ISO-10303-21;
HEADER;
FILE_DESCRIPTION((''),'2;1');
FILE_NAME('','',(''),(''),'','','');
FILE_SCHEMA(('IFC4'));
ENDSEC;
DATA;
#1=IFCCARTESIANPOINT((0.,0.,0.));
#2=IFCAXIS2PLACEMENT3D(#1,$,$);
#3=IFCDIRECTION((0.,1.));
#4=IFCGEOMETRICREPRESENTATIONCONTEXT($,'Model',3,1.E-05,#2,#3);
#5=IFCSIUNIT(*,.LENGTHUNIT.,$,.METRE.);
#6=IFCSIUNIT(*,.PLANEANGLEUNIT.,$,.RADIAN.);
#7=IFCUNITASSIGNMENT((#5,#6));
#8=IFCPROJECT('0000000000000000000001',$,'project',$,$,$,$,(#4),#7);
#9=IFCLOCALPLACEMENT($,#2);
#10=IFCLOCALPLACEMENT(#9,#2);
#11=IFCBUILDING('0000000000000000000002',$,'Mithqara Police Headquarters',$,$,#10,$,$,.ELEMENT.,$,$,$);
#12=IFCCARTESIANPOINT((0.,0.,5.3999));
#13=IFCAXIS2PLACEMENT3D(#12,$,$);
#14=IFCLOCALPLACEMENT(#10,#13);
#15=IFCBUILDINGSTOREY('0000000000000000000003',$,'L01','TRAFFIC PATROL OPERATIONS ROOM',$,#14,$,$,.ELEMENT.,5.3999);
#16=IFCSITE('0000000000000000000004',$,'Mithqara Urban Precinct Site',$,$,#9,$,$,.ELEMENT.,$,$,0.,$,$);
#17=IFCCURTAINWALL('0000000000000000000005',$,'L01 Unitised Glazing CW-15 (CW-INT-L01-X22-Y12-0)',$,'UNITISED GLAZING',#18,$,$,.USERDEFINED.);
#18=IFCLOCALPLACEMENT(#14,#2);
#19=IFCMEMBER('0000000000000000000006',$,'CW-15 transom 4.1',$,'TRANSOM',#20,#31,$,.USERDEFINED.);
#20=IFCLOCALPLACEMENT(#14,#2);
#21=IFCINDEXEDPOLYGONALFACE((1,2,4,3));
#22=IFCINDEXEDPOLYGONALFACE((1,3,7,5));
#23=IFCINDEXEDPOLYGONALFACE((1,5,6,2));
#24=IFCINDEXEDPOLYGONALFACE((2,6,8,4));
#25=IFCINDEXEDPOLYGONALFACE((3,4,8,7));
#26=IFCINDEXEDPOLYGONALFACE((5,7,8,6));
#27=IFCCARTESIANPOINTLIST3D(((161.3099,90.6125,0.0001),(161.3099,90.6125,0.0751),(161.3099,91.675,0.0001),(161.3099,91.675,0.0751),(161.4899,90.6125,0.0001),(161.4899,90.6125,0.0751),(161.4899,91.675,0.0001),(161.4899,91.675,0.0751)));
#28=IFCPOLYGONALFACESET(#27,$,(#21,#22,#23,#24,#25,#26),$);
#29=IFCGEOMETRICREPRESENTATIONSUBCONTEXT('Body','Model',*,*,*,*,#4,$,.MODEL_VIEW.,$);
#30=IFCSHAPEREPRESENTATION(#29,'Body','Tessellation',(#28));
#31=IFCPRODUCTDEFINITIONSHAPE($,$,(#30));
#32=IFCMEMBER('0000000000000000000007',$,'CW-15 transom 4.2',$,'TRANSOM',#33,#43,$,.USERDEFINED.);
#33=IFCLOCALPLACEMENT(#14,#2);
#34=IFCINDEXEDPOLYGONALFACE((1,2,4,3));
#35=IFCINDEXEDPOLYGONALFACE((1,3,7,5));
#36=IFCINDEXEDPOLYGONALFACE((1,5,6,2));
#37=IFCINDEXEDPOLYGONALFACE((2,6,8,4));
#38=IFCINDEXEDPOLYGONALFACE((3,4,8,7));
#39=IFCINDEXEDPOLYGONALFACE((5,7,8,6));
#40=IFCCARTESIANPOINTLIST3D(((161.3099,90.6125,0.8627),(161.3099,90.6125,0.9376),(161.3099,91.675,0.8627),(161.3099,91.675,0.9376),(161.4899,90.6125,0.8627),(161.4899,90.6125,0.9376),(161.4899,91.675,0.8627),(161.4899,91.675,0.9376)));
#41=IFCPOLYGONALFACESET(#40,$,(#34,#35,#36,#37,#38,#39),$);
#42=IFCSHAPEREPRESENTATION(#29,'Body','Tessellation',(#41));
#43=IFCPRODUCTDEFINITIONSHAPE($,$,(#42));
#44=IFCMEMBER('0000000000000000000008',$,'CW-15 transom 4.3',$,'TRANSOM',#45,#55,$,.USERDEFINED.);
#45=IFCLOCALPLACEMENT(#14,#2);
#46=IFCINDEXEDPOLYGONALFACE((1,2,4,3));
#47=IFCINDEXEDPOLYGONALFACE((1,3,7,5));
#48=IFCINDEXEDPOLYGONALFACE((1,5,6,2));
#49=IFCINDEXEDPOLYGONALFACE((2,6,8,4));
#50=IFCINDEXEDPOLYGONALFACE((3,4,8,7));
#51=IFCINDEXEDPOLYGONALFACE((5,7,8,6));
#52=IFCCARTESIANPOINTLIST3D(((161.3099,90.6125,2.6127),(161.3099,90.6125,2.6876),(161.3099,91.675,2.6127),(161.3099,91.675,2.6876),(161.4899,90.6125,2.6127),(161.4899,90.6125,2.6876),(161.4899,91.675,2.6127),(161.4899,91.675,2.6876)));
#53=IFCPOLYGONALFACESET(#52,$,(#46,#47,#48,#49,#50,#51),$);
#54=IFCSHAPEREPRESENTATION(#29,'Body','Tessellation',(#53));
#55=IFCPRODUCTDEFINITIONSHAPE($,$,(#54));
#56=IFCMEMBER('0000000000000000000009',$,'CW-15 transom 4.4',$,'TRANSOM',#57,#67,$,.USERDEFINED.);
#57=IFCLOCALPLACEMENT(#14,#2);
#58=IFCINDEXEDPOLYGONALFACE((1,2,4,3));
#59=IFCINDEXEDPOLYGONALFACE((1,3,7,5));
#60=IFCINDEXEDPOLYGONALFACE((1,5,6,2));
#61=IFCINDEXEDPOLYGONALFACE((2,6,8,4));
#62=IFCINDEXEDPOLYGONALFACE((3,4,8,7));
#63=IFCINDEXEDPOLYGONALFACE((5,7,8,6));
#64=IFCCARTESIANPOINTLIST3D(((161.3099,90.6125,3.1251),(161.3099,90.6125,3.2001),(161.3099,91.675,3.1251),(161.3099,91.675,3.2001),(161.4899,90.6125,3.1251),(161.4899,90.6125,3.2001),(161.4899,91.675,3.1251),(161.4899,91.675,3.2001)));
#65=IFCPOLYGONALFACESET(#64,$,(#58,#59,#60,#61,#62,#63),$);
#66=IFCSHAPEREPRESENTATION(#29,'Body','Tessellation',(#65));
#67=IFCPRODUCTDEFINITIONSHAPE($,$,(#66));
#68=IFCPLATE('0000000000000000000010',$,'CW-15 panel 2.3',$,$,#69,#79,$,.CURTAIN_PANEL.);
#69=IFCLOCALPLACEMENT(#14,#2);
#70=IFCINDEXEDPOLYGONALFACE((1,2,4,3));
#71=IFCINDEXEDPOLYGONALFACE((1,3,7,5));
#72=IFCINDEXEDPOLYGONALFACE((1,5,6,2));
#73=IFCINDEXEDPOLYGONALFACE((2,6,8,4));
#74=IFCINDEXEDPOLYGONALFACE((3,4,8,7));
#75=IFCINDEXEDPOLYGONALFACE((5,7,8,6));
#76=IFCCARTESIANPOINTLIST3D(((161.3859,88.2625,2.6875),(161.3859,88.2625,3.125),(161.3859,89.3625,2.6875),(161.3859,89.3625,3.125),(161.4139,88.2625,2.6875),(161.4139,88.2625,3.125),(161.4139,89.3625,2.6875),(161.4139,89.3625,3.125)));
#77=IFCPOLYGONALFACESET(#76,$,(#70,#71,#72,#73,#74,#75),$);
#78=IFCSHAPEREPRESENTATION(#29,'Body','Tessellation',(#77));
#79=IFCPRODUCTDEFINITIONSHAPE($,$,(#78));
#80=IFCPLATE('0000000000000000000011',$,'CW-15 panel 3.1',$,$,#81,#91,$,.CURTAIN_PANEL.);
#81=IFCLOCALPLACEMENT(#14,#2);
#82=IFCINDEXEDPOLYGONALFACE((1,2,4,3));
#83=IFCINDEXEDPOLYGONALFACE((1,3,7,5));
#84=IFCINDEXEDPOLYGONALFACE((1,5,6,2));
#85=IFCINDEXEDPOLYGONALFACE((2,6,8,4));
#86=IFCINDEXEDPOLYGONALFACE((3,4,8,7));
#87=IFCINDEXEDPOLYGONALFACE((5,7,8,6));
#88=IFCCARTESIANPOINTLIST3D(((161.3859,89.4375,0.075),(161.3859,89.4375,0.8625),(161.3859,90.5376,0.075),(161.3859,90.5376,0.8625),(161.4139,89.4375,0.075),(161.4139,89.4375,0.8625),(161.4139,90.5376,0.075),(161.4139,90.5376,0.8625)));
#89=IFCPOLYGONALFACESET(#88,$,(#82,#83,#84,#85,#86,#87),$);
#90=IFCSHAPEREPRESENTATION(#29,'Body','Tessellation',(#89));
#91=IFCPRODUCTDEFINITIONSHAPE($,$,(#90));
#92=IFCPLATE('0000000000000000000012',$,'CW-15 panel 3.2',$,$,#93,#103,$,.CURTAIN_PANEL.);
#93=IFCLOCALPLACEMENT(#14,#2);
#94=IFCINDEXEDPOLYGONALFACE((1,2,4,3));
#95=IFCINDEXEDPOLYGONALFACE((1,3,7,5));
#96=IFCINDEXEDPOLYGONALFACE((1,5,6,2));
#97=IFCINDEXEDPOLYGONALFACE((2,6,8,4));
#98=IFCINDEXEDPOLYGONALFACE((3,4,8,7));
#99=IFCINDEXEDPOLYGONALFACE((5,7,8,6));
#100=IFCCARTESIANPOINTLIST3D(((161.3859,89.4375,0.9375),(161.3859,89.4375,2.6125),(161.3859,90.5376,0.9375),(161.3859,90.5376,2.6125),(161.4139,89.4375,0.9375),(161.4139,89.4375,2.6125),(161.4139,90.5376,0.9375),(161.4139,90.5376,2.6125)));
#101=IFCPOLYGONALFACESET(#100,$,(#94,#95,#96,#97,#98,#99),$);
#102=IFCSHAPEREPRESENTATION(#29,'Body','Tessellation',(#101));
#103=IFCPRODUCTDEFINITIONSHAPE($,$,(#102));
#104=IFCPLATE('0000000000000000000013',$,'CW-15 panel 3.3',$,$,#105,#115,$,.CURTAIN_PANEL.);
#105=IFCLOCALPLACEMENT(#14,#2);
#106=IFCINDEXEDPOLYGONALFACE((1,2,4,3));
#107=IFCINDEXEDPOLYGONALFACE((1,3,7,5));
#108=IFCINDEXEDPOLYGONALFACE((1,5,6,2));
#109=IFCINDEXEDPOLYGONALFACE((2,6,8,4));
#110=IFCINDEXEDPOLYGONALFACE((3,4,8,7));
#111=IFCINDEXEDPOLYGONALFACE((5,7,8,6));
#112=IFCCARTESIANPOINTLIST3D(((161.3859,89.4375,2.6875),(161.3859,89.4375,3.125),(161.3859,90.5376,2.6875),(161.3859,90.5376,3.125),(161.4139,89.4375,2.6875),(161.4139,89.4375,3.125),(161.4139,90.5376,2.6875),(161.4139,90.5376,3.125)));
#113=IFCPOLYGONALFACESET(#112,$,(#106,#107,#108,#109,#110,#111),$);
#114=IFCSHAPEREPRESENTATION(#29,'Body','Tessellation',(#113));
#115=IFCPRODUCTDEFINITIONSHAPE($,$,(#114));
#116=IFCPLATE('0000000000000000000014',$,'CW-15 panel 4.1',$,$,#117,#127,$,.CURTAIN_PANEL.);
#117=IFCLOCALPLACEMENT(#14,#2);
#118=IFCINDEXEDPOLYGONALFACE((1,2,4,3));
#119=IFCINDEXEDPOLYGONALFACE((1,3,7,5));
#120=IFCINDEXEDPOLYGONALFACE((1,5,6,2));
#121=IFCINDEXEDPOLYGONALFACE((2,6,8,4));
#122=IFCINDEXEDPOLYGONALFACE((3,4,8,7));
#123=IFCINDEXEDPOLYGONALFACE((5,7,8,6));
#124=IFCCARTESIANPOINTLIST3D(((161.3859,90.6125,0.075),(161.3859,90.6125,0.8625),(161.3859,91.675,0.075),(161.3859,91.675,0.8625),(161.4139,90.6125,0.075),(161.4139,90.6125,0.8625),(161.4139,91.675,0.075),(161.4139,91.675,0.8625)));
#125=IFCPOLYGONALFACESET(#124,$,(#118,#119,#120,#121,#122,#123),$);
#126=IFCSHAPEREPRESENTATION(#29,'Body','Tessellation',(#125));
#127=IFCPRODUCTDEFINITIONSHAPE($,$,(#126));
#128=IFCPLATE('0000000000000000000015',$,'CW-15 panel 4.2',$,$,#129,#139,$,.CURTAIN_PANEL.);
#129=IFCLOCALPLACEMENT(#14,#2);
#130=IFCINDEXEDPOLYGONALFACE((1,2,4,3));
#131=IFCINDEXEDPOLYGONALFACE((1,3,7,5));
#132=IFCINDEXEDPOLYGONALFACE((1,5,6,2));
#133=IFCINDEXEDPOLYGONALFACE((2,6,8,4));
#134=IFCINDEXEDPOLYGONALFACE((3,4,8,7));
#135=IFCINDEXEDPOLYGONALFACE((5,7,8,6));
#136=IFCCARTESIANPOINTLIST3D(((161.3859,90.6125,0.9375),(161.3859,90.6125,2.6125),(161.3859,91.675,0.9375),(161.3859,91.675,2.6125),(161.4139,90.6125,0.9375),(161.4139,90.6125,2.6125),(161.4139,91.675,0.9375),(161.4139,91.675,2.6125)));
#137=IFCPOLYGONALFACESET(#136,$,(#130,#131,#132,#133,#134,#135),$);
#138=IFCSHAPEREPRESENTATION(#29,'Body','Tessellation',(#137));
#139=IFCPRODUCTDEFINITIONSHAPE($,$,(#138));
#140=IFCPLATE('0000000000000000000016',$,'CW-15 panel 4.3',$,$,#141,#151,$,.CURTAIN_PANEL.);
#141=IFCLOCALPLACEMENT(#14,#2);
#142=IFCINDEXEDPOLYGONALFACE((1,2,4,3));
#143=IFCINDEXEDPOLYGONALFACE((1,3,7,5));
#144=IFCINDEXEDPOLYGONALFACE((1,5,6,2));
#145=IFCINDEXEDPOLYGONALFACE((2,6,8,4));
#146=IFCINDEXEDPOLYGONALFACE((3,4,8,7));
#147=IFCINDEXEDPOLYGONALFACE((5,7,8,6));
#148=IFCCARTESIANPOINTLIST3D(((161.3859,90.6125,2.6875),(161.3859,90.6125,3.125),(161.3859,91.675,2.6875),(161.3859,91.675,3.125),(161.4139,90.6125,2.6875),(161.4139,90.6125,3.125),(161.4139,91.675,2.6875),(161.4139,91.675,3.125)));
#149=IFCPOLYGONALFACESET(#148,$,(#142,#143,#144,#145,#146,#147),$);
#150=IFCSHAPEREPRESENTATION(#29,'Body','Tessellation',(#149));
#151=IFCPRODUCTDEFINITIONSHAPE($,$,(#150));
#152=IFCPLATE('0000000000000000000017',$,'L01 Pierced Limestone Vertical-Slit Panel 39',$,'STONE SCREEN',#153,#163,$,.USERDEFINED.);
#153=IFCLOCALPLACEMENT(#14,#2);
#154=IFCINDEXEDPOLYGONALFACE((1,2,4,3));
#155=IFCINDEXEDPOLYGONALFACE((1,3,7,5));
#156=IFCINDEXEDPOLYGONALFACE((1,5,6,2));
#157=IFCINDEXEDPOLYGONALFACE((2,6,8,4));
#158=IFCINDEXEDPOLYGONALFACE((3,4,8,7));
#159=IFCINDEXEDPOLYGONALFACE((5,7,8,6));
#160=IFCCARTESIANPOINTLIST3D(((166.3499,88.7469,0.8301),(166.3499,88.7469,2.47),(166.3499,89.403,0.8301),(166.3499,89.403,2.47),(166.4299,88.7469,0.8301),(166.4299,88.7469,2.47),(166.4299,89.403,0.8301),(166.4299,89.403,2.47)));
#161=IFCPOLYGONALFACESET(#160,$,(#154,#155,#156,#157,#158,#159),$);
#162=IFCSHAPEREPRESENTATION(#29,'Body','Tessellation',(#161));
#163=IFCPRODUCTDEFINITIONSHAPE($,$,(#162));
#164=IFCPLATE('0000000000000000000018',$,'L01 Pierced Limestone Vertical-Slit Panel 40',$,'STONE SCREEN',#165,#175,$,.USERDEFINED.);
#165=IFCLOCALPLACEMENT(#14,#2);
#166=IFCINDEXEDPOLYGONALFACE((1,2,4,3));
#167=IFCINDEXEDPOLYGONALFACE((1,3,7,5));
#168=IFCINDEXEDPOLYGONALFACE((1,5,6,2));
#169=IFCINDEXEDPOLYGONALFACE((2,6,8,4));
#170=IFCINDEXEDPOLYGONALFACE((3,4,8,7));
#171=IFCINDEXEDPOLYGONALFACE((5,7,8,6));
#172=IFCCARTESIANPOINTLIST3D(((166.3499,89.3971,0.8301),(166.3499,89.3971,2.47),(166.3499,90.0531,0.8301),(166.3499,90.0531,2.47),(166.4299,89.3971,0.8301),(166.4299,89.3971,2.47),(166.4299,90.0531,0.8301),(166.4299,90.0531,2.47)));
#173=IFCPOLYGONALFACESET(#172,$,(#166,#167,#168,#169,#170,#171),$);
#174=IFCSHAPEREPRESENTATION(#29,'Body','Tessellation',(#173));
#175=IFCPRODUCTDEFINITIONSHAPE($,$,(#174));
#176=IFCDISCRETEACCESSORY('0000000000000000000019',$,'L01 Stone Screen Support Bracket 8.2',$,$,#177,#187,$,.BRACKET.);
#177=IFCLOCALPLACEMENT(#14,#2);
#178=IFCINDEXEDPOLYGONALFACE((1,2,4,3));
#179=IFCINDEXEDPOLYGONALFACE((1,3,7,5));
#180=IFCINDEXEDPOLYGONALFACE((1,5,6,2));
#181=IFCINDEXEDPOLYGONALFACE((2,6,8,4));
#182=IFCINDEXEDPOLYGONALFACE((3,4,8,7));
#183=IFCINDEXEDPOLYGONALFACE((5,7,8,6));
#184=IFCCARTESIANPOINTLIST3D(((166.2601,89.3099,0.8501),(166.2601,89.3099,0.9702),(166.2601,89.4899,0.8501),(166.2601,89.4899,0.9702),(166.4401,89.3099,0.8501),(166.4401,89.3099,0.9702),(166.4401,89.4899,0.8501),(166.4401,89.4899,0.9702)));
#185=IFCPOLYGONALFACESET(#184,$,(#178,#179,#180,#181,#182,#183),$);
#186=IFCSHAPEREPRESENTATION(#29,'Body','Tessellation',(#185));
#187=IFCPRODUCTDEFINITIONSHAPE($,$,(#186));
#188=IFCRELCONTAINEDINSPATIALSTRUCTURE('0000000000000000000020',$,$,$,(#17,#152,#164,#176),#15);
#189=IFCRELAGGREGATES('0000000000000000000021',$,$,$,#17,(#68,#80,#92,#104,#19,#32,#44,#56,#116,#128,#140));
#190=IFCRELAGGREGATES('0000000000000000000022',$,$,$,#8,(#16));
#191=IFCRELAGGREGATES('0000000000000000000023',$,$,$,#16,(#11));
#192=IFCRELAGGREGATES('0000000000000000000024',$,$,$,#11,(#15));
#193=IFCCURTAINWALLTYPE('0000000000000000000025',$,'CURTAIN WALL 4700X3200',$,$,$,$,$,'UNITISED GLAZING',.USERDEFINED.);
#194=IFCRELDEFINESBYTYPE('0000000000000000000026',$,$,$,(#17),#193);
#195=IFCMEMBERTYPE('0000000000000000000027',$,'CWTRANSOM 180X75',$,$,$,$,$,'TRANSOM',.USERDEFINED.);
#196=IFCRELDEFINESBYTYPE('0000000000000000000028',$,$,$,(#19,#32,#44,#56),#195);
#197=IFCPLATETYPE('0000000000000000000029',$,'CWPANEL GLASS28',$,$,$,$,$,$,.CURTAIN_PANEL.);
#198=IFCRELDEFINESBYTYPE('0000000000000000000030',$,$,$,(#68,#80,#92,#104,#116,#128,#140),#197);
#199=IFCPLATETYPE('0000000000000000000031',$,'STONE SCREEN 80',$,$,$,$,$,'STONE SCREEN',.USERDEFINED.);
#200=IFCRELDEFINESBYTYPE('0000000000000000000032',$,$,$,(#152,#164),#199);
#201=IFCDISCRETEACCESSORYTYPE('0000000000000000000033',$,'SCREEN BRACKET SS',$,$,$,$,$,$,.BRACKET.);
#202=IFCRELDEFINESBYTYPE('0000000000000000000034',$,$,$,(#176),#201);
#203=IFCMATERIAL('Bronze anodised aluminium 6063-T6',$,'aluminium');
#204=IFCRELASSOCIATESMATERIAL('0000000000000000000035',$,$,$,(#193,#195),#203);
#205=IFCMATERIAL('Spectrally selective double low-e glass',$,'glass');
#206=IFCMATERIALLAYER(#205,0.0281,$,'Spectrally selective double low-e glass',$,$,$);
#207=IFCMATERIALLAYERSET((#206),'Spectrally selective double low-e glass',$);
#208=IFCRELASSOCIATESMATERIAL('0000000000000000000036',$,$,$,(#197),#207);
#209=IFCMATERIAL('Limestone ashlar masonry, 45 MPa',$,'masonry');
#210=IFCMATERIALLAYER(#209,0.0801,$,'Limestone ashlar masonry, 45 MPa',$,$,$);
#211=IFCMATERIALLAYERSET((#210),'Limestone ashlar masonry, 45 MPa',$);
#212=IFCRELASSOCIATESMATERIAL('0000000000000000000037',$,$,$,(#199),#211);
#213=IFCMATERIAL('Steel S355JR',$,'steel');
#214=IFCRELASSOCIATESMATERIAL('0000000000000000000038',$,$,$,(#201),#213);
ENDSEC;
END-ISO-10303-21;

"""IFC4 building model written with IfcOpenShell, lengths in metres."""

from ifc_helpers import new_model, si_unit, direction, frame, origin, origin_2d, place, context, subcontext, project, spatial, rectangle, extrude, material, layer, layer_set, material_profile, profile_set, type_object, element, aggregate, save


model = new_model("IFC4")

# Units and contexts
model_context = context("Model", 3, precision=1e-05, world=origin(), true_north=direction((0.0, 1.0)))
body_context = subcontext(model_context, "Body", "Model", "MODEL_VIEW")
ifc_project = project(units=[si_unit("LENGTHUNIT", "METRE"), si_unit("PLANEANGLEUNIT", "RADIAN")], contexts=[model_context])

# Site, building, storey
site_placement = place(None, origin())
site = spatial("IfcSite", under=ifc_project, at=site_placement, Name="Mithqara Urban Precinct Site", CompositionType="ELEMENT", RefElevation=0.0)
building_placement = place(site_placement, origin())
building = spatial("IfcBuilding", under=site, at=building_placement, Name="Mithqara Police Headquarters", CompositionType="ELEMENT")
storey_placement = place(building_placement, frame((0.0, 0.0, 5.3999)))
storey = spatial("IfcBuildingStorey", under=building, at=storey_placement, Name="L01", Description="TRAFFIC PATROL OPERATIONS ROOM", CompositionType="ELEMENT", Elevation=5.3999)

# Shared definitions
ifc_material_1 = material(Name="Steel S355JR", Category="steel")

# Curtain wall, members, plates
ifc_material_2 = material(Name="Bronze anodised aluminium 6063-T6", Category="aluminium")
curtain_wall_type = type_object("IfcCurtainWallType", Name="CURTAIN WALL 4700X3200", ElementType="UNITISED GLAZING", PredefinedType="USERDEFINED", material=ifc_material_2)
curtain_wall_placement = place(storey_placement, origin())
curtain_wall = element("IfcCurtainWall", 1, at=curtain_wall_placement, inside=storey, type_object=curtain_wall_type, Name="L01 Unitised Glazing CW-15 (CW-INT-L01-X22-Y12-0)", ObjectType="UNITISED GLAZING", PredefinedType="USERDEFINED")
ifc_material_profile_1 = material_profile(ifc_material_2, rectangle(XDim=0.1799, YDim=0.075, at=origin_2d()), Name="CWT 180x75")
ifc_profile_set_1 = profile_set([ifc_material_profile_1], Name="Bronze anodised aluminium 6063-T6")
member_type_1 = type_object("IfcMemberType", Name="CWTRANSOM 180X75", ElementType="TRANSOM", PredefinedType="USERDEFINED", material=ifc_profile_set_1)
member_1_placement = place(storey_placement, frame((161.3999, 90.6125, 0.0376), z_axis=(0.0, 1.0, 0.0), x_axis=(-1.0, 0.0, 0.0)))
member_1 = element("IfcMember", 2, at=member_1_placement, type_object=member_type_1, Name="CW-15 transom 4.1", ObjectType="TRANSOM", PredefinedType="USERDEFINED", context=body_context, shape_type="SweptSolid", body=[
    extrude(rectangle(XDim=0.1799, YDim=0.075, at=origin_2d()), origin(), (0.0, 0.0, 1.0), 1.0625),
])
member_2_placement = place(storey_placement, frame((161.3999, 90.6125, 0.9001), z_axis=(0.0, 1.0, 0.0), x_axis=(-1.0, 0.0, 0.0)))
member_2 = element("IfcMember", 3, at=member_2_placement, type_object=member_type_1, Name="CW-15 transom 4.2", ObjectType="TRANSOM", PredefinedType="USERDEFINED", context=body_context, shape_type="SweptSolid", body=[
    extrude(rectangle(XDim=0.1799, YDim=0.075, at=origin_2d()), origin(), (0.0, 0.0, 1.0), 1.0625),
])
member_3_placement = place(storey_placement, frame((161.3999, 90.6125, 2.6501), z_axis=(0.0, 1.0, 0.0), x_axis=(-1.0, 0.0, 0.0)))
member_3 = element("IfcMember", 4, at=member_3_placement, type_object=member_type_1, Name="CW-15 transom 4.3", ObjectType="TRANSOM", PredefinedType="USERDEFINED", context=body_context, shape_type="SweptSolid", body=[
    extrude(rectangle(XDim=0.1799, YDim=0.075, at=origin_2d()), origin(), (0.0, 0.0, 1.0), 1.0625),
])
member_4_placement = place(storey_placement, frame((161.3999, 90.6125, 3.1626), z_axis=(0.0, 1.0, 0.0), x_axis=(-1.0, 0.0, 0.0)))
member_4 = element("IfcMember", 5, at=member_4_placement, type_object=member_type_1, Name="CW-15 transom 4.4", ObjectType="TRANSOM", PredefinedType="USERDEFINED", context=body_context, shape_type="SweptSolid", body=[
    extrude(rectangle(XDim=0.1799, YDim=0.075, at=origin_2d()), origin(), (0.0, 0.0, 1.0), 1.0625),
])
ifc_material_3 = material(Name="Spectrally selective double low-e glass", Category="glass")
ifc_layer_1 = layer(ifc_material_3, 0.0281, Name="Spectrally selective double low-e glass")
ifc_layer_set_1 = layer_set([ifc_layer_1], Name="Spectrally selective double low-e glass")
plate_type_1 = type_object("IfcPlateType", Name="CWPANEL GLASS28", PredefinedType="CURTAIN_PANEL", material=ifc_layer_set_1)
plate_1_placement = place(storey_placement, frame((161.3999, 88.8125, 2.6875), z_axis=(0.0, 0.0, 1.0), x_axis=(0.0, 1.0, 0.0)))
plate_1 = element("IfcPlate", 6, at=plate_1_placement, type_object=plate_type_1, Name="CW-15 panel 2.3", PredefinedType="CURTAIN_PANEL", context=body_context, shape_type="SweptSolid", body=[
    extrude(rectangle(XDim=1.1001, YDim=0.0281, at=origin_2d()), origin(), (0.0, 0.0, 1.0), 0.4375),
])
plate_2_placement = place(storey_placement, frame((161.3999, 89.9875, 0.075), z_axis=(0.0, 0.0, 1.0), x_axis=(0.0, 1.0, 0.0)))
plate_2 = element("IfcPlate", 7, at=plate_2_placement, type_object=plate_type_1, Name="CW-15 panel 3.1", PredefinedType="CURTAIN_PANEL", context=body_context, shape_type="SweptSolid", body=[
    extrude(rectangle(XDim=1.1001, YDim=0.0281, at=origin_2d()), origin(), (0.0, 0.0, 1.0), 0.7876),
])
plate_3_placement = place(storey_placement, frame((161.3999, 89.9875, 0.9375), z_axis=(0.0, 0.0, 1.0), x_axis=(0.0, 1.0, 0.0)))
plate_3 = element("IfcPlate", 8, at=plate_3_placement, type_object=plate_type_1, Name="CW-15 panel 3.2", PredefinedType="CURTAIN_PANEL", context=body_context, shape_type="SweptSolid", body=[
    extrude(rectangle(XDim=1.1001, YDim=0.0281, at=origin_2d()), origin(), (0.0, 0.0, 1.0), 1.675),
])
plate_4_placement = place(storey_placement, frame((161.3999, 89.9875, 2.6875), z_axis=(0.0, 0.0, 1.0), x_axis=(0.0, 1.0, 0.0)))
plate_4 = element("IfcPlate", 9, at=plate_4_placement, type_object=plate_type_1, Name="CW-15 panel 3.3", PredefinedType="CURTAIN_PANEL", context=body_context, shape_type="SweptSolid", body=[
    extrude(rectangle(XDim=1.1001, YDim=0.0281, at=origin_2d()), origin(), (0.0, 0.0, 1.0), 0.4375),
])
plate_5_placement = place(storey_placement, frame((161.3999, 91.1438, 0.075), z_axis=(0.0, 0.0, 1.0), x_axis=(0.0, 1.0, 0.0)))
plate_5 = element("IfcPlate", 10, at=plate_5_placement, type_object=plate_type_1, Name="CW-15 panel 4.1", PredefinedType="CURTAIN_PANEL", context=body_context, shape_type="SweptSolid", body=[
    extrude(rectangle(XDim=1.0625, YDim=0.0281, at=origin_2d()), origin(), (0.0, 0.0, 1.0), 0.7876),
])
plate_6_placement = place(storey_placement, frame((161.3999, 91.1438, 0.9375), z_axis=(0.0, 0.0, 1.0), x_axis=(0.0, 1.0, 0.0)))
plate_6 = element("IfcPlate", 11, at=plate_6_placement, type_object=plate_type_1, Name="CW-15 panel 4.2", PredefinedType="CURTAIN_PANEL", context=body_context, shape_type="SweptSolid", body=[
    extrude(rectangle(XDim=1.0625, YDim=0.0281, at=origin_2d()), origin(), (0.0, 0.0, 1.0), 1.675),
])
plate_7_placement = place(storey_placement, frame((161.3999, 91.1438, 2.6875), z_axis=(0.0, 0.0, 1.0), x_axis=(0.0, 1.0, 0.0)))
plate_7 = element("IfcPlate", 12, at=plate_7_placement, type_object=plate_type_1, Name="CW-15 panel 4.3", PredefinedType="CURTAIN_PANEL", context=body_context, shape_type="SweptSolid", body=[
    extrude(rectangle(XDim=1.0625, YDim=0.0281, at=origin_2d()), origin(), (0.0, 0.0, 1.0), 0.4375),
])
aggregate(curtain_wall, [plate_1, plate_2, plate_3, plate_4, member_1, member_2, member_3, member_4, plate_5, plate_6, plate_7])

# Plates
ifc_material_4 = material(Name="Limestone ashlar masonry, 45 MPa", Category="masonry")
ifc_layer_2 = layer(ifc_material_4, 0.0801, Name="Limestone ashlar masonry, 45 MPa")
ifc_layer_set_2 = layer_set([ifc_layer_2], Name="Limestone ashlar masonry, 45 MPa")
plate_type_2 = type_object("IfcPlateType", Name="STONE SCREEN 80", ElementType="STONE SCREEN", PredefinedType="USERDEFINED", material=ifc_layer_set_2)
for number, where, z_axis, x_axis, name in (
    (13, (166.3899, 89.075, 0.8301), (0.0, 0.0, 1.0), (0.0, 1.0, 0.0), "L01 Pierced Limestone Vertical-Slit Panel 39"),
    (14, (166.3899, 89.7251, 0.8301), (0.0, 0.0, 1.0), (0.0, 1.0, 0.0), "L01 Pierced Limestone Vertical-Slit Panel 40"),
):
    element("IfcPlate", number, at=place(storey_placement, frame(where, z_axis=z_axis, x_axis=x_axis)), inside=storey, type_object=plate_type_2, Name=name, ObjectType="STONE SCREEN", PredefinedType="USERDEFINED", context=body_context, shape_type="SweptSolid", body=[
        extrude(rectangle(XDim=0.656, YDim=0.0801, at=origin_2d()), origin(), (0.0, 0.0, 1.0), 1.6399),
    ])

# Discrete accessory
discrete_accessory_type = type_object("IfcDiscreteAccessoryType", Name="SCREEN BRACKET SS", PredefinedType="BRACKET", material=ifc_material_1)
discrete_accessory_placement = place(storey_placement, frame((166.3501, 89.3999, 0.8501), z_axis=(0.0, 0.0, 1.0), x_axis=(0.0, 1.0, 0.0)))
element("IfcDiscreteAccessory", 15, at=discrete_accessory_placement, inside=storey, type_object=discrete_accessory_type, Name="L01 Stone Screen Support Bracket 8.2", PredefinedType="BRACKET", context=body_context, shape_type="SweptSolid", body=[
    extrude(rectangle(XDim=0.1799, YDim=0.1799, at=origin_2d()), origin(), (0.0, 0.0, 1.0), 0.1201),
])

save(model, "model.ifc")
